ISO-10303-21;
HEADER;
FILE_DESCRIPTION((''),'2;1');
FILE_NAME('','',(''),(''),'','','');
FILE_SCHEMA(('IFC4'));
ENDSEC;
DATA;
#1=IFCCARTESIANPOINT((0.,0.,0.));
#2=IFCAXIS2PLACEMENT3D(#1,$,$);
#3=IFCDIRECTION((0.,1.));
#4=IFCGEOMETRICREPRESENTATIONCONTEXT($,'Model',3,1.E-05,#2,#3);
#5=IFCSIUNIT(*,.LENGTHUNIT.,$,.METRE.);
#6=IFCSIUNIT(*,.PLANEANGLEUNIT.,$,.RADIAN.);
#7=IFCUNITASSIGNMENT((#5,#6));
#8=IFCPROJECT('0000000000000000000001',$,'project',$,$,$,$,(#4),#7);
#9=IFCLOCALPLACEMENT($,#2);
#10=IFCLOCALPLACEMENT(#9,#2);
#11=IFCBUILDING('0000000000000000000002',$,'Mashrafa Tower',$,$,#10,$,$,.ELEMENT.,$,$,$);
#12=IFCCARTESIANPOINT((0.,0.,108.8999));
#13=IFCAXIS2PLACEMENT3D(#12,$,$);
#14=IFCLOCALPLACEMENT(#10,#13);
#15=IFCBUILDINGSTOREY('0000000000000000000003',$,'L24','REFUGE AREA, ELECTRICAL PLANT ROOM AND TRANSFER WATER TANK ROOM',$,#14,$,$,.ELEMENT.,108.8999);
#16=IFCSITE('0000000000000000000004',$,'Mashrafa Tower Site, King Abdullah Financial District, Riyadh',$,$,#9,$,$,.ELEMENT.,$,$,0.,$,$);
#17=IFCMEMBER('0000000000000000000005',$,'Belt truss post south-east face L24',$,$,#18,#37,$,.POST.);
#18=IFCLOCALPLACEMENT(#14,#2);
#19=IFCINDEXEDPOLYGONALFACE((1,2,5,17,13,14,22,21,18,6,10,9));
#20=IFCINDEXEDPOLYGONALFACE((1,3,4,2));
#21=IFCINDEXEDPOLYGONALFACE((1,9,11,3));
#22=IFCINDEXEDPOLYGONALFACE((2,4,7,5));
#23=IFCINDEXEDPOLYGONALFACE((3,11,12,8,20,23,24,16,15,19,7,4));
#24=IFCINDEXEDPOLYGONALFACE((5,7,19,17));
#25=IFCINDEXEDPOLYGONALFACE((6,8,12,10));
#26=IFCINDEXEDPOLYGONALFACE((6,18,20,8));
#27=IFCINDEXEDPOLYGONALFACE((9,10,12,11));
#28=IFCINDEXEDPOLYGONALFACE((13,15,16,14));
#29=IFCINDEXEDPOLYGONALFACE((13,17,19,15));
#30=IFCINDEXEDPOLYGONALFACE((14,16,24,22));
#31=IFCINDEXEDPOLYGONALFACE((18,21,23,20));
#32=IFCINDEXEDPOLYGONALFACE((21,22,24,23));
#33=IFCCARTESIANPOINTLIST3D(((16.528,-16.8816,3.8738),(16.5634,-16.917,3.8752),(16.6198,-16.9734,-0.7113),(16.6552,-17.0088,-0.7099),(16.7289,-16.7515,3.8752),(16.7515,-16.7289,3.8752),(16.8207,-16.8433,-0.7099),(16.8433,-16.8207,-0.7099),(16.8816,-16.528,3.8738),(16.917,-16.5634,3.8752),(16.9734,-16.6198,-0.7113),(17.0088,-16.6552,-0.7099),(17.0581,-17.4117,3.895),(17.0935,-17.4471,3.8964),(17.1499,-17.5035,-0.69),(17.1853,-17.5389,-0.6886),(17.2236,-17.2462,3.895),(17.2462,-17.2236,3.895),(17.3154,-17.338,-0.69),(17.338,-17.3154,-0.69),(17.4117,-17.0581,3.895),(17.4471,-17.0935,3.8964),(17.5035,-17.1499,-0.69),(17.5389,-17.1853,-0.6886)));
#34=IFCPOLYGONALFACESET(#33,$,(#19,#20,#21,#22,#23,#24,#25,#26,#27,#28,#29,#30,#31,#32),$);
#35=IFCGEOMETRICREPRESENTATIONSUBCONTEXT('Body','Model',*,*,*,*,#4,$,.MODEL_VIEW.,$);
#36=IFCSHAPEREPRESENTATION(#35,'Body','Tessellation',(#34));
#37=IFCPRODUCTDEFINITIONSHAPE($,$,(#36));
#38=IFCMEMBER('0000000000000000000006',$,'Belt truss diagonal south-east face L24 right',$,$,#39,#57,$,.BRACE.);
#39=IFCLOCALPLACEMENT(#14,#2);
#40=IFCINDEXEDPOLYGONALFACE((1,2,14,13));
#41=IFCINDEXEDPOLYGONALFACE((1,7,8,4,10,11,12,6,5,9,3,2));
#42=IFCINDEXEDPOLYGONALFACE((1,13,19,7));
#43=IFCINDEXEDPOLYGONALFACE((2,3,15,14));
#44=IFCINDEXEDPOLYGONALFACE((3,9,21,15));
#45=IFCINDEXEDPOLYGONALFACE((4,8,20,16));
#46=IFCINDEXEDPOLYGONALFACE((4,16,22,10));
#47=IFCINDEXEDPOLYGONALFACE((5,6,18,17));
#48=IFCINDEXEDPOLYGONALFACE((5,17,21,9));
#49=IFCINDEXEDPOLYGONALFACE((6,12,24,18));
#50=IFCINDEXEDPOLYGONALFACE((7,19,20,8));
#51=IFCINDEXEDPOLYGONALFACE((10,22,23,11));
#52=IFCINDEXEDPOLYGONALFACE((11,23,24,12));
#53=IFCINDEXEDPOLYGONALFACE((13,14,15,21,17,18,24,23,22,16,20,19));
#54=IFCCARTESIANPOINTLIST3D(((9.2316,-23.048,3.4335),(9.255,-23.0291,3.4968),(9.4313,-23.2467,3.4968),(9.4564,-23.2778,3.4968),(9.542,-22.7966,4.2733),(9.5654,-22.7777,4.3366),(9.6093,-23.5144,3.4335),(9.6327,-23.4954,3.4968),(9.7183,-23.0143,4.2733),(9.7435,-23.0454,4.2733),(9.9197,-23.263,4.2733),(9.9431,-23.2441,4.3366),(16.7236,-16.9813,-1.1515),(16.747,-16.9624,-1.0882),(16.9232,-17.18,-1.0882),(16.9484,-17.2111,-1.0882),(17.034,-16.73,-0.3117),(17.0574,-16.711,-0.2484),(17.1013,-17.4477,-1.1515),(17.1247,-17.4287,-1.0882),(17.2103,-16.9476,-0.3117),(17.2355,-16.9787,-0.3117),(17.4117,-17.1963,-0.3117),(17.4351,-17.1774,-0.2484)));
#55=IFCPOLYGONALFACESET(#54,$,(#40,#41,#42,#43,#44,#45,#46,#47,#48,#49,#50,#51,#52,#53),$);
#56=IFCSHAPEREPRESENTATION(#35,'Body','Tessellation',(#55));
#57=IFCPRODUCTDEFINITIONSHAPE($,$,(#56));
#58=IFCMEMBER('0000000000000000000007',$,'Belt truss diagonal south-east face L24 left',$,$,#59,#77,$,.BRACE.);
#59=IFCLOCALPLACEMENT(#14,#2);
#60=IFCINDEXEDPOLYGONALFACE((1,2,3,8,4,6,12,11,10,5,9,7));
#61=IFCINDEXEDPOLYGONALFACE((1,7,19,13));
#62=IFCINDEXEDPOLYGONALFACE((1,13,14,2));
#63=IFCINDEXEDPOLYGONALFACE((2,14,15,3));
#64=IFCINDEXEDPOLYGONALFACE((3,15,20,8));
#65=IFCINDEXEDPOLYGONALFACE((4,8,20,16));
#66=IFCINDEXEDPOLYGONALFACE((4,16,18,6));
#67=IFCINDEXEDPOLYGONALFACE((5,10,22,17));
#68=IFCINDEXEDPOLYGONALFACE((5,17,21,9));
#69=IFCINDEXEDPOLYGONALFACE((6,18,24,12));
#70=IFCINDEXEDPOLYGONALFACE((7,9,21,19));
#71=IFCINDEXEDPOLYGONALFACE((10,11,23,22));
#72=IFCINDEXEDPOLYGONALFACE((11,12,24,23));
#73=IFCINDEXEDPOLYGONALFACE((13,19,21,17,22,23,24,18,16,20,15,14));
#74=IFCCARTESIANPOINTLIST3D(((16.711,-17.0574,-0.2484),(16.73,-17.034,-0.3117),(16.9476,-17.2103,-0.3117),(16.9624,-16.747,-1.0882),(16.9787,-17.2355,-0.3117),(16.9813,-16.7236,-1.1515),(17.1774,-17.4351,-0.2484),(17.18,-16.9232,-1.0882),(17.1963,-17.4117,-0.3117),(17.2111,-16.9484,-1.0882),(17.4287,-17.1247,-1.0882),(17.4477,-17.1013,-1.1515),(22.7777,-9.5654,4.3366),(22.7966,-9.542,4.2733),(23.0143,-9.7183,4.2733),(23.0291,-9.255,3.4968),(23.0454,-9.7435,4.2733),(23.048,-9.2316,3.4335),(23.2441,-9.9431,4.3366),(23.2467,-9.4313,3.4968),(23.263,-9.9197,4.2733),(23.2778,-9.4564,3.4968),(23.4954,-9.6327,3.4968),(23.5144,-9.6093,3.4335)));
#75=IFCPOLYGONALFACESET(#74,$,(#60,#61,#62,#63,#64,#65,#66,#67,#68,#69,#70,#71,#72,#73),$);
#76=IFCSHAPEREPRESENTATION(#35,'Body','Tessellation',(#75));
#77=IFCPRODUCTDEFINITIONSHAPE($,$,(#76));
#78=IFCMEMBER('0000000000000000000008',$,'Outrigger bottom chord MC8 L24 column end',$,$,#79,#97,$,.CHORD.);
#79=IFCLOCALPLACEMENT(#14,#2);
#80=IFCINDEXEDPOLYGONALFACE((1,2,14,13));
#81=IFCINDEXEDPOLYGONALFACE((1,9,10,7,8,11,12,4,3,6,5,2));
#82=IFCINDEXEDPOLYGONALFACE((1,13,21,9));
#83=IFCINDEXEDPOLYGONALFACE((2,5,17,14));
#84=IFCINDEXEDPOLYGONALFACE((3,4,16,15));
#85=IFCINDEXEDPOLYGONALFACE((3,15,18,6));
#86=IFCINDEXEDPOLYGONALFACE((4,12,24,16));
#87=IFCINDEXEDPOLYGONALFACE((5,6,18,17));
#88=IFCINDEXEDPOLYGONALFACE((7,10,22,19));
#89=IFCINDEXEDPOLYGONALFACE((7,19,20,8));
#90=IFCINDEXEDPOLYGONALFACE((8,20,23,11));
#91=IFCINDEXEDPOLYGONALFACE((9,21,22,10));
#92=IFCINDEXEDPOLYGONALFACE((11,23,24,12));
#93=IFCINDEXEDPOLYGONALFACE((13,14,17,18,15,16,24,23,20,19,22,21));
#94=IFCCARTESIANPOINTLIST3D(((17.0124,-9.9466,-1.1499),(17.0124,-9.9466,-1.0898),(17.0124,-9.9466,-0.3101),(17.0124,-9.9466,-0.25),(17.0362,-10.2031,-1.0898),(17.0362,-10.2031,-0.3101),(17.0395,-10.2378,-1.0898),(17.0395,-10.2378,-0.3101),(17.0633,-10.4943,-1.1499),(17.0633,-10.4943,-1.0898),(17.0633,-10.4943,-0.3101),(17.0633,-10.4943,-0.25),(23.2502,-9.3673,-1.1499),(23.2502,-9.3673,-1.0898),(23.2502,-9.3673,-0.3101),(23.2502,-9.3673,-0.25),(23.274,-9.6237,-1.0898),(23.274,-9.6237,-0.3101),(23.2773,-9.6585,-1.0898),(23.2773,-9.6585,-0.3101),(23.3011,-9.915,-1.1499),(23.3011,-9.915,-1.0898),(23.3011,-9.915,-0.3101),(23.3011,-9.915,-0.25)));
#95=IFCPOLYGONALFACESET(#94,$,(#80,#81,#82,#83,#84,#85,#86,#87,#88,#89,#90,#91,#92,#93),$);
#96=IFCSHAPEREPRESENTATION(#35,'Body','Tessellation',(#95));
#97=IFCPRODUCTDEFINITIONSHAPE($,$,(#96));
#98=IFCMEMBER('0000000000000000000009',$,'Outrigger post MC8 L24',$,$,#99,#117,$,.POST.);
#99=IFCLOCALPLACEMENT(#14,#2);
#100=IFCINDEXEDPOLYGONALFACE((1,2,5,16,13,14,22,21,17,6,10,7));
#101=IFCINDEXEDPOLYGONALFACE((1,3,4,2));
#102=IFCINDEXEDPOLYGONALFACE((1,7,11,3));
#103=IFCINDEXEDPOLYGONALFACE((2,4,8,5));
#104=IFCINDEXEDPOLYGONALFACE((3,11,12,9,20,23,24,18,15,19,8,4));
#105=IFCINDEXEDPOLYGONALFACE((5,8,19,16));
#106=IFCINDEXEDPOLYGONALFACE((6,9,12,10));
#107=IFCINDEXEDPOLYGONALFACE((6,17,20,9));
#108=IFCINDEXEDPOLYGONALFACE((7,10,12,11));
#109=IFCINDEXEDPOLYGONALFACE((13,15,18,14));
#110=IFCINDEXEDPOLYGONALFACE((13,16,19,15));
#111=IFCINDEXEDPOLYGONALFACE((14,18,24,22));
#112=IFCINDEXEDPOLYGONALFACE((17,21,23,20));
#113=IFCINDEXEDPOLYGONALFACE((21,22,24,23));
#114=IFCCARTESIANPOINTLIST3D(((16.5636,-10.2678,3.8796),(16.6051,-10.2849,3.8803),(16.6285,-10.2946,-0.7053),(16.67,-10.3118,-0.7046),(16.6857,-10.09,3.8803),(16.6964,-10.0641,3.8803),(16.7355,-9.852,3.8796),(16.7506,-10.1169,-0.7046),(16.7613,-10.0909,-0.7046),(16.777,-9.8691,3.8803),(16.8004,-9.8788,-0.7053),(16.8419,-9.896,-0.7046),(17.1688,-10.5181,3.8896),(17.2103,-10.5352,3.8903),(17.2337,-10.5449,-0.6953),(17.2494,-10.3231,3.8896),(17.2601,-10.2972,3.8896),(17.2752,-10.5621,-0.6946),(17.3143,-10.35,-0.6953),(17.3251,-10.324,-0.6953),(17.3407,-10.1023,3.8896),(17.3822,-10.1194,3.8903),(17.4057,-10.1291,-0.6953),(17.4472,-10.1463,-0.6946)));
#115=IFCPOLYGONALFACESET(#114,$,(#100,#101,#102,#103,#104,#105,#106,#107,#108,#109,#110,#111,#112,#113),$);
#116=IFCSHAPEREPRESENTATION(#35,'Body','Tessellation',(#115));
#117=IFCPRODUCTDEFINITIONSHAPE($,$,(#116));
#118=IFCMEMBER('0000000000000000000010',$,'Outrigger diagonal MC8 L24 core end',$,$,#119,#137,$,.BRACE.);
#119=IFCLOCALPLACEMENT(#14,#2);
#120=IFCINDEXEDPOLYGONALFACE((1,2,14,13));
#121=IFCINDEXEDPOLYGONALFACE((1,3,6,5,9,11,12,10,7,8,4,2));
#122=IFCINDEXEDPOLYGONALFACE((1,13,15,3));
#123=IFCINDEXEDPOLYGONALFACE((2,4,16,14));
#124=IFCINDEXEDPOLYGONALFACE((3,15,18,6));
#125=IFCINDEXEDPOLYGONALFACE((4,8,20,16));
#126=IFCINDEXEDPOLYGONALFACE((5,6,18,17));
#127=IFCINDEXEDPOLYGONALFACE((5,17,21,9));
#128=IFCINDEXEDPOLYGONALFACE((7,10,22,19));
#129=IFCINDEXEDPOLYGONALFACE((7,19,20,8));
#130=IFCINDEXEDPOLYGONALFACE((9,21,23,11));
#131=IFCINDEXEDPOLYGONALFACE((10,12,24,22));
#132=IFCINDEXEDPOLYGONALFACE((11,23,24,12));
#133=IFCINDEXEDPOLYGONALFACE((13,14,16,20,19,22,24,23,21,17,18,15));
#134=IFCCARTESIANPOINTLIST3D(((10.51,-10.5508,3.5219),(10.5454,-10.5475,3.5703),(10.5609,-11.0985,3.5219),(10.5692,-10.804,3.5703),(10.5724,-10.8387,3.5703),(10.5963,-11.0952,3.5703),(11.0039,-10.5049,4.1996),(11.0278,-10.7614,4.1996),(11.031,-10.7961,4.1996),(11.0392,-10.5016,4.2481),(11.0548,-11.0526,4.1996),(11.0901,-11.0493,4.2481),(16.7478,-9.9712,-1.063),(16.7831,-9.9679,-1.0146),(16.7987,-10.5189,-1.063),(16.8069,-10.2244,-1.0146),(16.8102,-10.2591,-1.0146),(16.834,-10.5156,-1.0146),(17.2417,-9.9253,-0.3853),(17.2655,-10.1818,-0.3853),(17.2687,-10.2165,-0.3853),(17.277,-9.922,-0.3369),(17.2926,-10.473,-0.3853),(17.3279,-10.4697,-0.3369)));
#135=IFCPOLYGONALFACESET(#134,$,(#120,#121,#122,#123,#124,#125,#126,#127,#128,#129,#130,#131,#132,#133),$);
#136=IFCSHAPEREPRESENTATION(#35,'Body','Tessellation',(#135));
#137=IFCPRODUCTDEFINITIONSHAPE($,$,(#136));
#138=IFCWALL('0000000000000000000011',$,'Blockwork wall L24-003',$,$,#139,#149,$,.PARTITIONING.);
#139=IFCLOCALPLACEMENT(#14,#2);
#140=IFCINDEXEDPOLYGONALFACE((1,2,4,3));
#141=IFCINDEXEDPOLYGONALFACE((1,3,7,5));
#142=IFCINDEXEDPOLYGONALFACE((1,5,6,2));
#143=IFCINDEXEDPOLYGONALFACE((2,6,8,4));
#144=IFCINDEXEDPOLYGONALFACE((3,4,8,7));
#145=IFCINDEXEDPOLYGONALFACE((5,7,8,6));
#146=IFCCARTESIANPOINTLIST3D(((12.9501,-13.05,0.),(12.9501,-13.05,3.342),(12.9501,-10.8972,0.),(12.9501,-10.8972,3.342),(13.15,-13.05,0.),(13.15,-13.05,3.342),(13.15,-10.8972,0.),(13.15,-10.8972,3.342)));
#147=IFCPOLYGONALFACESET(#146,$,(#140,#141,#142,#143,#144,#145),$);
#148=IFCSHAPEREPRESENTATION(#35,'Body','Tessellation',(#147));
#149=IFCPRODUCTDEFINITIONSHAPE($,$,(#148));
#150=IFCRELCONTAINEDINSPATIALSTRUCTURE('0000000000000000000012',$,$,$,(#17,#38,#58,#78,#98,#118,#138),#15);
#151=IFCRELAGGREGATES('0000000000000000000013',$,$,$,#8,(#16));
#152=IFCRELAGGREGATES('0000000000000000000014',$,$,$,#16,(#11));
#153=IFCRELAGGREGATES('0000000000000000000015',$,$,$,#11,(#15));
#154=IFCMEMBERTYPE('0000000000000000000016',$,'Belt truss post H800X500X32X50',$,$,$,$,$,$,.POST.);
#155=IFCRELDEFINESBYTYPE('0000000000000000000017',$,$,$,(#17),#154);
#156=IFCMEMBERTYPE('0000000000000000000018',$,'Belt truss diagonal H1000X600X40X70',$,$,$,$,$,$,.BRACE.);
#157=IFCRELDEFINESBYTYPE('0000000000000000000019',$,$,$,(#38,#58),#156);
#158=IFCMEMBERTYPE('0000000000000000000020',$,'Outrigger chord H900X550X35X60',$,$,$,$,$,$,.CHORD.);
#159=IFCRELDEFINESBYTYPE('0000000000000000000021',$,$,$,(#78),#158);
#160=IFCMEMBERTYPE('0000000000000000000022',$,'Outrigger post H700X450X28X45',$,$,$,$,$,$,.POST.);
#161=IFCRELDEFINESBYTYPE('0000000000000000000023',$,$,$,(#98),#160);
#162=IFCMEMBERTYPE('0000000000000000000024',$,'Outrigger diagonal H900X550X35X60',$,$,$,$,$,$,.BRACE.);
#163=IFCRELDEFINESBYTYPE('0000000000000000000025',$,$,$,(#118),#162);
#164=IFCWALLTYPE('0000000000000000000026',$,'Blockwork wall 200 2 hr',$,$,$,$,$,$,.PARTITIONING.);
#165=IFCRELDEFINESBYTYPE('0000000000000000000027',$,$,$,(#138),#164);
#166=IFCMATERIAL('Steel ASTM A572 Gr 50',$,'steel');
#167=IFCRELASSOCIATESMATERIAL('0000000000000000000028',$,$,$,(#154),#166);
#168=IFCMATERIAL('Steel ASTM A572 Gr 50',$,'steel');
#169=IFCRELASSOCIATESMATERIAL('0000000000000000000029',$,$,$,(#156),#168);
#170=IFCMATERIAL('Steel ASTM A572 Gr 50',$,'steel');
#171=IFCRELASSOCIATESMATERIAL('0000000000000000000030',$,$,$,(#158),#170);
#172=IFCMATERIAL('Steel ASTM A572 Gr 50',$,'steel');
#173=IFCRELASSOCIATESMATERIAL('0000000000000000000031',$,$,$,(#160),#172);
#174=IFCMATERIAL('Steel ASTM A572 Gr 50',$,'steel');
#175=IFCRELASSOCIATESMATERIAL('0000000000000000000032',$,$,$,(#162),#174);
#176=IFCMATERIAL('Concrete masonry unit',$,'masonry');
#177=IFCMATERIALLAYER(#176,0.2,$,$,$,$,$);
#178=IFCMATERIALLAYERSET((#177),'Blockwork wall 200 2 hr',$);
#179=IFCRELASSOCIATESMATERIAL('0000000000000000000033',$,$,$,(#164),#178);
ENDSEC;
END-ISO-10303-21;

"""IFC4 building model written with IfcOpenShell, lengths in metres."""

from ifc_helpers import new_model, si_unit, direction, frame, frame_2d, origin, origin_2d, place, context, subcontext, project, spatial, rectangle, i_section, extrude, source, transform, mapped, material, layer, layer_set, material_profile, profile_set, type_object, type_shapes, element, save


model = new_model("IFC4")

# Units and contexts
model_context = context("Model", 3, precision=1e-05, world=origin(), true_north=direction((0.0, 1.0)))
body_context = subcontext(model_context, "Body", "Model", "MODEL_VIEW")
ifc_project = project(units=[si_unit("LENGTHUNIT", "METRE"), si_unit("PLANEANGLEUNIT", "RADIAN")], contexts=[model_context])

# Site, building, storey
site_placement = place(None, origin())
site = spatial("IfcSite", under=ifc_project, at=site_placement, Name="Mashrafa Tower Site, King Abdullah Financial District, Riyadh", CompositionType="ELEMENT", RefElevation=0.0)
building_placement = place(site_placement, origin())
building = spatial("IfcBuilding", under=site, at=building_placement, Name="Mashrafa Tower", CompositionType="ELEMENT")
storey_placement = place(building_placement, frame((0.0, 0.0, 108.8999)))
storey = spatial("IfcBuildingStorey", under=building, at=storey_placement, Name="L24", Description="REFUGE AREA, ELECTRICAL PLANT ROOM AND TRANSFER WATER TANK ROOM", CompositionType="ELEMENT", Elevation=108.8999)

# Members
ifc_material_1 = material(Name="Steel ASTM A572 Gr 50", Category="steel")
ifc_material_profile_1 = material_profile(ifc_material_1, i_section(OverallWidth=0.5, OverallDepth=0.8, WebThickness=0.032, FlangeThickness=0.05, at=origin_2d()), Name="H800X500X32X50")
ifc_profile_set_1 = profile_set([ifc_material_profile_1], Name="Steel ASTM A572 Gr 50")
member_type_1 = type_object("IfcMemberType", Name="Belt truss post H800X500X32X50", PredefinedType="POST", material=ifc_profile_set_1)
shared_shape_1 = source(origin(), body_context, "Body", "SweptSolid", [
    extrude(i_section(OverallWidth=0.5, OverallDepth=0.8, WebThickness=0.032, FlangeThickness=0.05, at=origin_2d()), origin(), (0.0, 0.0, 1.0), 4.5869),
])
type_shapes(member_type_1, [shared_shape_1])
member_1_placement = place(storey_placement, frame((17.0793, -17.0793, -0.7), z_axis=(-0.020013, 0.020013, 0.999599), x_axis=(-0.707107, -0.707107, 0.0)))
element("IfcMember", 1, at=member_1_placement, inside=storey, type_object=member_type_1, Name="Belt truss post south-east face L24", PredefinedType="POST", context=body_context, shape_type="MappedRepresentation", body=[
    mapped(shared_shape_1, transform((0.0, 0.0, 0.0))),
])
ifc_material_2 = material(Name="Steel ASTM A572 Gr 50", Category="steel")
ifc_material_profile_2 = material_profile(ifc_material_2, i_section(OverallWidth=0.6001, OverallDepth=1.0, WebThickness=0.04, FlangeThickness=0.0701, at=origin_2d()), Name="H1000X600X40X70")
ifc_profile_set_2 = profile_set([ifc_material_profile_2], Name="Steel ASTM A572 Gr 50")
member_type_2 = type_object("IfcMemberType", Name="Belt truss diagonal H1000X600X40X70", PredefinedType="BRACE", material=ifc_profile_set_2)
shared_shape_2 = source(origin(), body_context, "Body", "SweptSolid", [
    extrude(i_section(OverallWidth=0.6001, OverallDepth=1.0, WebThickness=0.04, FlangeThickness=0.0701, at=origin_2d()), origin(), (0.0, 0.0, 1.0), 10.675),
])
type_shapes(member_type_2, [shared_shape_2])
for number, where, z_axis, x_axis, name in (
    (2, (17.0793, -17.0793, -0.7), (-0.701822, -0.568305, 0.429505), (0.629308, -0.777156, 0.0), "Belt truss diagonal south-east face L24 right"),
    (3, (17.0793, -17.0793, -0.7), (0.568305, 0.701822, 0.429505), (-0.777156, 0.629308, 0.0), "Belt truss diagonal south-east face L24 left"),
):
    element("IfcMember", number, at=place(storey_placement, frame(where, z_axis=z_axis, x_axis=x_axis)), inside=storey, type_object=member_type_2, Name=name, PredefinedType="BRACE", context=body_context, shape_type="MappedRepresentation", body=[
        mapped(shared_shape_2, transform((0.0, 0.0, 0.0))),
    ])
ifc_material_3 = material(Name="Steel ASTM A572 Gr 50", Category="steel")
ifc_material_profile_3 = material_profile(ifc_material_3, i_section(OverallWidth=0.55, OverallDepth=0.8999, WebThickness=0.0349, FlangeThickness=0.0601, at=origin_2d()), Name="H900X550X35X60")
ifc_profile_set_3 = profile_set([ifc_material_profile_3], Name="Steel ASTM A572 Gr 50")
member_type_3 = type_object("IfcMemberType", Name="Outrigger chord H900X550X35X60", PredefinedType="CHORD", material=ifc_profile_set_3)
shared_shape_3 = source(origin(), body_context, "Body", "SweptSolid", [
    extrude(i_section(OverallWidth=0.55, OverallDepth=0.8999, WebThickness=0.0349, FlangeThickness=0.0601, at=origin_2d()), origin(), (0.0, 0.0, 1.0), 6.2646),
])
type_shapes(member_type_3, [shared_shape_3])
member_2_placement = place(storey_placement, frame((17.0378, -10.2205, -0.7), z_axis=(0.995715, 0.092479, 0.0), x_axis=(-0.092479, 0.995715, 0.0)))
element("IfcMember", 4, at=member_2_placement, inside=storey, type_object=member_type_3, Name="Outrigger bottom chord MC8 L24 column end", PredefinedType="CHORD", context=body_context, shape_type="MappedRepresentation", body=[
    mapped(shared_shape_3, transform((0.0, 0.0, 0.0))),
])
ifc_material_4 = material(Name="Steel ASTM A572 Gr 50", Category="steel")
ifc_material_profile_4 = material_profile(ifc_material_4, i_section(OverallWidth=0.45, OverallDepth=0.7, WebThickness=0.0281, FlangeThickness=0.0449, at=origin_2d()), Name="H700X450X28X45")
ifc_profile_set_4 = profile_set([ifc_material_profile_4], Name="Steel ASTM A572 Gr 50")
member_type_4 = type_object("IfcMemberType", Name="Outrigger post H700X450X28X45", PredefinedType="POST", material=ifc_profile_set_4)
shared_shape_4 = source(origin(), body_context, "Body", "SweptSolid", [
    extrude(i_section(OverallWidth=0.45, OverallDepth=0.7, WebThickness=0.0281, FlangeThickness=0.0449, at=origin_2d()), origin(), (0.0, 0.0, 1.0), 4.5854),
])
type_shapes(member_type_4, [shared_shape_4])
member_3_placement = place(storey_placement, frame((17.0378, -10.2205, -0.7), z_axis=(-0.014162, 0.005857, 0.999883), x_axis=(-0.382147, -0.924101, 0.0)))
element("IfcMember", 5, at=member_3_placement, inside=storey, type_object=member_type_4, Name="Outrigger post MC8 L24", PredefinedType="POST", context=body_context, shape_type="MappedRepresentation", body=[
    mapped(shared_shape_4, transform((0.0, 0.0, 0.0))),
])
ifc_material_5 = material(Name="Steel ASTM A572 Gr 50", Category="steel")
ifc_material_profile_5 = material_profile(ifc_material_5, i_section(OverallWidth=0.55, OverallDepth=0.8999, WebThickness=0.0349, FlangeThickness=0.0601, at=origin_2d()), Name="H900X550X35X60")
ifc_profile_set_5 = profile_set([ifc_material_profile_5], Name="Steel ASTM A572 Gr 50")
member_type_5 = type_object("IfcMemberType", Name="Outrigger diagonal H900X550X35X60", PredefinedType="BRACE", material=ifc_profile_set_5)
shared_shape_5 = source(origin(), body_context, "Body", "SweptSolid", [
    extrude(i_section(OverallWidth=0.55, OverallDepth=0.8999, WebThickness=0.0349, FlangeThickness=0.0601, at=origin_2d()), origin(), (0.0, 0.0, 1.0), 7.7632),
])
type_shapes(member_type_5, [shared_shape_5])
member_4_placement = place(storey_placement, frame((17.0378, -10.2205, -0.7), z_axis=(-0.803504, -0.074658, 0.590599), x_axis=(0.092517, -0.995711, 0.0)))
element("IfcMember", 6, at=member_4_placement, inside=storey, type_object=member_type_5, Name="Outrigger diagonal MC8 L24 core end", PredefinedType="BRACE", context=body_context, shape_type="MappedRepresentation", body=[
    mapped(shared_shape_5, transform((0.0, 0.0, 0.0))),
])

# Wall
ifc_material_6 = material(Name="Concrete masonry unit", Category="masonry")
ifc_layer_1 = layer(ifc_material_6, 0.2)
ifc_layer_set_1 = layer_set([ifc_layer_1], Name="Blockwork wall 200 2 hr")
wall_type = type_object("IfcWallType", Name="Blockwork wall 200 2 hr", PredefinedType="PARTITIONING", material=ifc_layer_set_1)
wall_1_placement = place(storey_placement, frame((13.05, -13.05, 0.0), z_axis=(0.0, 0.0, 1.0), x_axis=(0.0, 1.0, 0.0)))
element("IfcWall", 7, at=wall_1_placement, inside=storey, type_object=wall_type, Name="Blockwork wall L24-003", PredefinedType="PARTITIONING", context=body_context, shape_type="SweptSolid", body=[
    extrude(rectangle(XDim=2.1528, YDim=0.2, at=frame_2d((1.0764, 0.0))), origin(), (0.0, 0.0, 1.0), 3.342),
])

save(model, "model.ifc")
